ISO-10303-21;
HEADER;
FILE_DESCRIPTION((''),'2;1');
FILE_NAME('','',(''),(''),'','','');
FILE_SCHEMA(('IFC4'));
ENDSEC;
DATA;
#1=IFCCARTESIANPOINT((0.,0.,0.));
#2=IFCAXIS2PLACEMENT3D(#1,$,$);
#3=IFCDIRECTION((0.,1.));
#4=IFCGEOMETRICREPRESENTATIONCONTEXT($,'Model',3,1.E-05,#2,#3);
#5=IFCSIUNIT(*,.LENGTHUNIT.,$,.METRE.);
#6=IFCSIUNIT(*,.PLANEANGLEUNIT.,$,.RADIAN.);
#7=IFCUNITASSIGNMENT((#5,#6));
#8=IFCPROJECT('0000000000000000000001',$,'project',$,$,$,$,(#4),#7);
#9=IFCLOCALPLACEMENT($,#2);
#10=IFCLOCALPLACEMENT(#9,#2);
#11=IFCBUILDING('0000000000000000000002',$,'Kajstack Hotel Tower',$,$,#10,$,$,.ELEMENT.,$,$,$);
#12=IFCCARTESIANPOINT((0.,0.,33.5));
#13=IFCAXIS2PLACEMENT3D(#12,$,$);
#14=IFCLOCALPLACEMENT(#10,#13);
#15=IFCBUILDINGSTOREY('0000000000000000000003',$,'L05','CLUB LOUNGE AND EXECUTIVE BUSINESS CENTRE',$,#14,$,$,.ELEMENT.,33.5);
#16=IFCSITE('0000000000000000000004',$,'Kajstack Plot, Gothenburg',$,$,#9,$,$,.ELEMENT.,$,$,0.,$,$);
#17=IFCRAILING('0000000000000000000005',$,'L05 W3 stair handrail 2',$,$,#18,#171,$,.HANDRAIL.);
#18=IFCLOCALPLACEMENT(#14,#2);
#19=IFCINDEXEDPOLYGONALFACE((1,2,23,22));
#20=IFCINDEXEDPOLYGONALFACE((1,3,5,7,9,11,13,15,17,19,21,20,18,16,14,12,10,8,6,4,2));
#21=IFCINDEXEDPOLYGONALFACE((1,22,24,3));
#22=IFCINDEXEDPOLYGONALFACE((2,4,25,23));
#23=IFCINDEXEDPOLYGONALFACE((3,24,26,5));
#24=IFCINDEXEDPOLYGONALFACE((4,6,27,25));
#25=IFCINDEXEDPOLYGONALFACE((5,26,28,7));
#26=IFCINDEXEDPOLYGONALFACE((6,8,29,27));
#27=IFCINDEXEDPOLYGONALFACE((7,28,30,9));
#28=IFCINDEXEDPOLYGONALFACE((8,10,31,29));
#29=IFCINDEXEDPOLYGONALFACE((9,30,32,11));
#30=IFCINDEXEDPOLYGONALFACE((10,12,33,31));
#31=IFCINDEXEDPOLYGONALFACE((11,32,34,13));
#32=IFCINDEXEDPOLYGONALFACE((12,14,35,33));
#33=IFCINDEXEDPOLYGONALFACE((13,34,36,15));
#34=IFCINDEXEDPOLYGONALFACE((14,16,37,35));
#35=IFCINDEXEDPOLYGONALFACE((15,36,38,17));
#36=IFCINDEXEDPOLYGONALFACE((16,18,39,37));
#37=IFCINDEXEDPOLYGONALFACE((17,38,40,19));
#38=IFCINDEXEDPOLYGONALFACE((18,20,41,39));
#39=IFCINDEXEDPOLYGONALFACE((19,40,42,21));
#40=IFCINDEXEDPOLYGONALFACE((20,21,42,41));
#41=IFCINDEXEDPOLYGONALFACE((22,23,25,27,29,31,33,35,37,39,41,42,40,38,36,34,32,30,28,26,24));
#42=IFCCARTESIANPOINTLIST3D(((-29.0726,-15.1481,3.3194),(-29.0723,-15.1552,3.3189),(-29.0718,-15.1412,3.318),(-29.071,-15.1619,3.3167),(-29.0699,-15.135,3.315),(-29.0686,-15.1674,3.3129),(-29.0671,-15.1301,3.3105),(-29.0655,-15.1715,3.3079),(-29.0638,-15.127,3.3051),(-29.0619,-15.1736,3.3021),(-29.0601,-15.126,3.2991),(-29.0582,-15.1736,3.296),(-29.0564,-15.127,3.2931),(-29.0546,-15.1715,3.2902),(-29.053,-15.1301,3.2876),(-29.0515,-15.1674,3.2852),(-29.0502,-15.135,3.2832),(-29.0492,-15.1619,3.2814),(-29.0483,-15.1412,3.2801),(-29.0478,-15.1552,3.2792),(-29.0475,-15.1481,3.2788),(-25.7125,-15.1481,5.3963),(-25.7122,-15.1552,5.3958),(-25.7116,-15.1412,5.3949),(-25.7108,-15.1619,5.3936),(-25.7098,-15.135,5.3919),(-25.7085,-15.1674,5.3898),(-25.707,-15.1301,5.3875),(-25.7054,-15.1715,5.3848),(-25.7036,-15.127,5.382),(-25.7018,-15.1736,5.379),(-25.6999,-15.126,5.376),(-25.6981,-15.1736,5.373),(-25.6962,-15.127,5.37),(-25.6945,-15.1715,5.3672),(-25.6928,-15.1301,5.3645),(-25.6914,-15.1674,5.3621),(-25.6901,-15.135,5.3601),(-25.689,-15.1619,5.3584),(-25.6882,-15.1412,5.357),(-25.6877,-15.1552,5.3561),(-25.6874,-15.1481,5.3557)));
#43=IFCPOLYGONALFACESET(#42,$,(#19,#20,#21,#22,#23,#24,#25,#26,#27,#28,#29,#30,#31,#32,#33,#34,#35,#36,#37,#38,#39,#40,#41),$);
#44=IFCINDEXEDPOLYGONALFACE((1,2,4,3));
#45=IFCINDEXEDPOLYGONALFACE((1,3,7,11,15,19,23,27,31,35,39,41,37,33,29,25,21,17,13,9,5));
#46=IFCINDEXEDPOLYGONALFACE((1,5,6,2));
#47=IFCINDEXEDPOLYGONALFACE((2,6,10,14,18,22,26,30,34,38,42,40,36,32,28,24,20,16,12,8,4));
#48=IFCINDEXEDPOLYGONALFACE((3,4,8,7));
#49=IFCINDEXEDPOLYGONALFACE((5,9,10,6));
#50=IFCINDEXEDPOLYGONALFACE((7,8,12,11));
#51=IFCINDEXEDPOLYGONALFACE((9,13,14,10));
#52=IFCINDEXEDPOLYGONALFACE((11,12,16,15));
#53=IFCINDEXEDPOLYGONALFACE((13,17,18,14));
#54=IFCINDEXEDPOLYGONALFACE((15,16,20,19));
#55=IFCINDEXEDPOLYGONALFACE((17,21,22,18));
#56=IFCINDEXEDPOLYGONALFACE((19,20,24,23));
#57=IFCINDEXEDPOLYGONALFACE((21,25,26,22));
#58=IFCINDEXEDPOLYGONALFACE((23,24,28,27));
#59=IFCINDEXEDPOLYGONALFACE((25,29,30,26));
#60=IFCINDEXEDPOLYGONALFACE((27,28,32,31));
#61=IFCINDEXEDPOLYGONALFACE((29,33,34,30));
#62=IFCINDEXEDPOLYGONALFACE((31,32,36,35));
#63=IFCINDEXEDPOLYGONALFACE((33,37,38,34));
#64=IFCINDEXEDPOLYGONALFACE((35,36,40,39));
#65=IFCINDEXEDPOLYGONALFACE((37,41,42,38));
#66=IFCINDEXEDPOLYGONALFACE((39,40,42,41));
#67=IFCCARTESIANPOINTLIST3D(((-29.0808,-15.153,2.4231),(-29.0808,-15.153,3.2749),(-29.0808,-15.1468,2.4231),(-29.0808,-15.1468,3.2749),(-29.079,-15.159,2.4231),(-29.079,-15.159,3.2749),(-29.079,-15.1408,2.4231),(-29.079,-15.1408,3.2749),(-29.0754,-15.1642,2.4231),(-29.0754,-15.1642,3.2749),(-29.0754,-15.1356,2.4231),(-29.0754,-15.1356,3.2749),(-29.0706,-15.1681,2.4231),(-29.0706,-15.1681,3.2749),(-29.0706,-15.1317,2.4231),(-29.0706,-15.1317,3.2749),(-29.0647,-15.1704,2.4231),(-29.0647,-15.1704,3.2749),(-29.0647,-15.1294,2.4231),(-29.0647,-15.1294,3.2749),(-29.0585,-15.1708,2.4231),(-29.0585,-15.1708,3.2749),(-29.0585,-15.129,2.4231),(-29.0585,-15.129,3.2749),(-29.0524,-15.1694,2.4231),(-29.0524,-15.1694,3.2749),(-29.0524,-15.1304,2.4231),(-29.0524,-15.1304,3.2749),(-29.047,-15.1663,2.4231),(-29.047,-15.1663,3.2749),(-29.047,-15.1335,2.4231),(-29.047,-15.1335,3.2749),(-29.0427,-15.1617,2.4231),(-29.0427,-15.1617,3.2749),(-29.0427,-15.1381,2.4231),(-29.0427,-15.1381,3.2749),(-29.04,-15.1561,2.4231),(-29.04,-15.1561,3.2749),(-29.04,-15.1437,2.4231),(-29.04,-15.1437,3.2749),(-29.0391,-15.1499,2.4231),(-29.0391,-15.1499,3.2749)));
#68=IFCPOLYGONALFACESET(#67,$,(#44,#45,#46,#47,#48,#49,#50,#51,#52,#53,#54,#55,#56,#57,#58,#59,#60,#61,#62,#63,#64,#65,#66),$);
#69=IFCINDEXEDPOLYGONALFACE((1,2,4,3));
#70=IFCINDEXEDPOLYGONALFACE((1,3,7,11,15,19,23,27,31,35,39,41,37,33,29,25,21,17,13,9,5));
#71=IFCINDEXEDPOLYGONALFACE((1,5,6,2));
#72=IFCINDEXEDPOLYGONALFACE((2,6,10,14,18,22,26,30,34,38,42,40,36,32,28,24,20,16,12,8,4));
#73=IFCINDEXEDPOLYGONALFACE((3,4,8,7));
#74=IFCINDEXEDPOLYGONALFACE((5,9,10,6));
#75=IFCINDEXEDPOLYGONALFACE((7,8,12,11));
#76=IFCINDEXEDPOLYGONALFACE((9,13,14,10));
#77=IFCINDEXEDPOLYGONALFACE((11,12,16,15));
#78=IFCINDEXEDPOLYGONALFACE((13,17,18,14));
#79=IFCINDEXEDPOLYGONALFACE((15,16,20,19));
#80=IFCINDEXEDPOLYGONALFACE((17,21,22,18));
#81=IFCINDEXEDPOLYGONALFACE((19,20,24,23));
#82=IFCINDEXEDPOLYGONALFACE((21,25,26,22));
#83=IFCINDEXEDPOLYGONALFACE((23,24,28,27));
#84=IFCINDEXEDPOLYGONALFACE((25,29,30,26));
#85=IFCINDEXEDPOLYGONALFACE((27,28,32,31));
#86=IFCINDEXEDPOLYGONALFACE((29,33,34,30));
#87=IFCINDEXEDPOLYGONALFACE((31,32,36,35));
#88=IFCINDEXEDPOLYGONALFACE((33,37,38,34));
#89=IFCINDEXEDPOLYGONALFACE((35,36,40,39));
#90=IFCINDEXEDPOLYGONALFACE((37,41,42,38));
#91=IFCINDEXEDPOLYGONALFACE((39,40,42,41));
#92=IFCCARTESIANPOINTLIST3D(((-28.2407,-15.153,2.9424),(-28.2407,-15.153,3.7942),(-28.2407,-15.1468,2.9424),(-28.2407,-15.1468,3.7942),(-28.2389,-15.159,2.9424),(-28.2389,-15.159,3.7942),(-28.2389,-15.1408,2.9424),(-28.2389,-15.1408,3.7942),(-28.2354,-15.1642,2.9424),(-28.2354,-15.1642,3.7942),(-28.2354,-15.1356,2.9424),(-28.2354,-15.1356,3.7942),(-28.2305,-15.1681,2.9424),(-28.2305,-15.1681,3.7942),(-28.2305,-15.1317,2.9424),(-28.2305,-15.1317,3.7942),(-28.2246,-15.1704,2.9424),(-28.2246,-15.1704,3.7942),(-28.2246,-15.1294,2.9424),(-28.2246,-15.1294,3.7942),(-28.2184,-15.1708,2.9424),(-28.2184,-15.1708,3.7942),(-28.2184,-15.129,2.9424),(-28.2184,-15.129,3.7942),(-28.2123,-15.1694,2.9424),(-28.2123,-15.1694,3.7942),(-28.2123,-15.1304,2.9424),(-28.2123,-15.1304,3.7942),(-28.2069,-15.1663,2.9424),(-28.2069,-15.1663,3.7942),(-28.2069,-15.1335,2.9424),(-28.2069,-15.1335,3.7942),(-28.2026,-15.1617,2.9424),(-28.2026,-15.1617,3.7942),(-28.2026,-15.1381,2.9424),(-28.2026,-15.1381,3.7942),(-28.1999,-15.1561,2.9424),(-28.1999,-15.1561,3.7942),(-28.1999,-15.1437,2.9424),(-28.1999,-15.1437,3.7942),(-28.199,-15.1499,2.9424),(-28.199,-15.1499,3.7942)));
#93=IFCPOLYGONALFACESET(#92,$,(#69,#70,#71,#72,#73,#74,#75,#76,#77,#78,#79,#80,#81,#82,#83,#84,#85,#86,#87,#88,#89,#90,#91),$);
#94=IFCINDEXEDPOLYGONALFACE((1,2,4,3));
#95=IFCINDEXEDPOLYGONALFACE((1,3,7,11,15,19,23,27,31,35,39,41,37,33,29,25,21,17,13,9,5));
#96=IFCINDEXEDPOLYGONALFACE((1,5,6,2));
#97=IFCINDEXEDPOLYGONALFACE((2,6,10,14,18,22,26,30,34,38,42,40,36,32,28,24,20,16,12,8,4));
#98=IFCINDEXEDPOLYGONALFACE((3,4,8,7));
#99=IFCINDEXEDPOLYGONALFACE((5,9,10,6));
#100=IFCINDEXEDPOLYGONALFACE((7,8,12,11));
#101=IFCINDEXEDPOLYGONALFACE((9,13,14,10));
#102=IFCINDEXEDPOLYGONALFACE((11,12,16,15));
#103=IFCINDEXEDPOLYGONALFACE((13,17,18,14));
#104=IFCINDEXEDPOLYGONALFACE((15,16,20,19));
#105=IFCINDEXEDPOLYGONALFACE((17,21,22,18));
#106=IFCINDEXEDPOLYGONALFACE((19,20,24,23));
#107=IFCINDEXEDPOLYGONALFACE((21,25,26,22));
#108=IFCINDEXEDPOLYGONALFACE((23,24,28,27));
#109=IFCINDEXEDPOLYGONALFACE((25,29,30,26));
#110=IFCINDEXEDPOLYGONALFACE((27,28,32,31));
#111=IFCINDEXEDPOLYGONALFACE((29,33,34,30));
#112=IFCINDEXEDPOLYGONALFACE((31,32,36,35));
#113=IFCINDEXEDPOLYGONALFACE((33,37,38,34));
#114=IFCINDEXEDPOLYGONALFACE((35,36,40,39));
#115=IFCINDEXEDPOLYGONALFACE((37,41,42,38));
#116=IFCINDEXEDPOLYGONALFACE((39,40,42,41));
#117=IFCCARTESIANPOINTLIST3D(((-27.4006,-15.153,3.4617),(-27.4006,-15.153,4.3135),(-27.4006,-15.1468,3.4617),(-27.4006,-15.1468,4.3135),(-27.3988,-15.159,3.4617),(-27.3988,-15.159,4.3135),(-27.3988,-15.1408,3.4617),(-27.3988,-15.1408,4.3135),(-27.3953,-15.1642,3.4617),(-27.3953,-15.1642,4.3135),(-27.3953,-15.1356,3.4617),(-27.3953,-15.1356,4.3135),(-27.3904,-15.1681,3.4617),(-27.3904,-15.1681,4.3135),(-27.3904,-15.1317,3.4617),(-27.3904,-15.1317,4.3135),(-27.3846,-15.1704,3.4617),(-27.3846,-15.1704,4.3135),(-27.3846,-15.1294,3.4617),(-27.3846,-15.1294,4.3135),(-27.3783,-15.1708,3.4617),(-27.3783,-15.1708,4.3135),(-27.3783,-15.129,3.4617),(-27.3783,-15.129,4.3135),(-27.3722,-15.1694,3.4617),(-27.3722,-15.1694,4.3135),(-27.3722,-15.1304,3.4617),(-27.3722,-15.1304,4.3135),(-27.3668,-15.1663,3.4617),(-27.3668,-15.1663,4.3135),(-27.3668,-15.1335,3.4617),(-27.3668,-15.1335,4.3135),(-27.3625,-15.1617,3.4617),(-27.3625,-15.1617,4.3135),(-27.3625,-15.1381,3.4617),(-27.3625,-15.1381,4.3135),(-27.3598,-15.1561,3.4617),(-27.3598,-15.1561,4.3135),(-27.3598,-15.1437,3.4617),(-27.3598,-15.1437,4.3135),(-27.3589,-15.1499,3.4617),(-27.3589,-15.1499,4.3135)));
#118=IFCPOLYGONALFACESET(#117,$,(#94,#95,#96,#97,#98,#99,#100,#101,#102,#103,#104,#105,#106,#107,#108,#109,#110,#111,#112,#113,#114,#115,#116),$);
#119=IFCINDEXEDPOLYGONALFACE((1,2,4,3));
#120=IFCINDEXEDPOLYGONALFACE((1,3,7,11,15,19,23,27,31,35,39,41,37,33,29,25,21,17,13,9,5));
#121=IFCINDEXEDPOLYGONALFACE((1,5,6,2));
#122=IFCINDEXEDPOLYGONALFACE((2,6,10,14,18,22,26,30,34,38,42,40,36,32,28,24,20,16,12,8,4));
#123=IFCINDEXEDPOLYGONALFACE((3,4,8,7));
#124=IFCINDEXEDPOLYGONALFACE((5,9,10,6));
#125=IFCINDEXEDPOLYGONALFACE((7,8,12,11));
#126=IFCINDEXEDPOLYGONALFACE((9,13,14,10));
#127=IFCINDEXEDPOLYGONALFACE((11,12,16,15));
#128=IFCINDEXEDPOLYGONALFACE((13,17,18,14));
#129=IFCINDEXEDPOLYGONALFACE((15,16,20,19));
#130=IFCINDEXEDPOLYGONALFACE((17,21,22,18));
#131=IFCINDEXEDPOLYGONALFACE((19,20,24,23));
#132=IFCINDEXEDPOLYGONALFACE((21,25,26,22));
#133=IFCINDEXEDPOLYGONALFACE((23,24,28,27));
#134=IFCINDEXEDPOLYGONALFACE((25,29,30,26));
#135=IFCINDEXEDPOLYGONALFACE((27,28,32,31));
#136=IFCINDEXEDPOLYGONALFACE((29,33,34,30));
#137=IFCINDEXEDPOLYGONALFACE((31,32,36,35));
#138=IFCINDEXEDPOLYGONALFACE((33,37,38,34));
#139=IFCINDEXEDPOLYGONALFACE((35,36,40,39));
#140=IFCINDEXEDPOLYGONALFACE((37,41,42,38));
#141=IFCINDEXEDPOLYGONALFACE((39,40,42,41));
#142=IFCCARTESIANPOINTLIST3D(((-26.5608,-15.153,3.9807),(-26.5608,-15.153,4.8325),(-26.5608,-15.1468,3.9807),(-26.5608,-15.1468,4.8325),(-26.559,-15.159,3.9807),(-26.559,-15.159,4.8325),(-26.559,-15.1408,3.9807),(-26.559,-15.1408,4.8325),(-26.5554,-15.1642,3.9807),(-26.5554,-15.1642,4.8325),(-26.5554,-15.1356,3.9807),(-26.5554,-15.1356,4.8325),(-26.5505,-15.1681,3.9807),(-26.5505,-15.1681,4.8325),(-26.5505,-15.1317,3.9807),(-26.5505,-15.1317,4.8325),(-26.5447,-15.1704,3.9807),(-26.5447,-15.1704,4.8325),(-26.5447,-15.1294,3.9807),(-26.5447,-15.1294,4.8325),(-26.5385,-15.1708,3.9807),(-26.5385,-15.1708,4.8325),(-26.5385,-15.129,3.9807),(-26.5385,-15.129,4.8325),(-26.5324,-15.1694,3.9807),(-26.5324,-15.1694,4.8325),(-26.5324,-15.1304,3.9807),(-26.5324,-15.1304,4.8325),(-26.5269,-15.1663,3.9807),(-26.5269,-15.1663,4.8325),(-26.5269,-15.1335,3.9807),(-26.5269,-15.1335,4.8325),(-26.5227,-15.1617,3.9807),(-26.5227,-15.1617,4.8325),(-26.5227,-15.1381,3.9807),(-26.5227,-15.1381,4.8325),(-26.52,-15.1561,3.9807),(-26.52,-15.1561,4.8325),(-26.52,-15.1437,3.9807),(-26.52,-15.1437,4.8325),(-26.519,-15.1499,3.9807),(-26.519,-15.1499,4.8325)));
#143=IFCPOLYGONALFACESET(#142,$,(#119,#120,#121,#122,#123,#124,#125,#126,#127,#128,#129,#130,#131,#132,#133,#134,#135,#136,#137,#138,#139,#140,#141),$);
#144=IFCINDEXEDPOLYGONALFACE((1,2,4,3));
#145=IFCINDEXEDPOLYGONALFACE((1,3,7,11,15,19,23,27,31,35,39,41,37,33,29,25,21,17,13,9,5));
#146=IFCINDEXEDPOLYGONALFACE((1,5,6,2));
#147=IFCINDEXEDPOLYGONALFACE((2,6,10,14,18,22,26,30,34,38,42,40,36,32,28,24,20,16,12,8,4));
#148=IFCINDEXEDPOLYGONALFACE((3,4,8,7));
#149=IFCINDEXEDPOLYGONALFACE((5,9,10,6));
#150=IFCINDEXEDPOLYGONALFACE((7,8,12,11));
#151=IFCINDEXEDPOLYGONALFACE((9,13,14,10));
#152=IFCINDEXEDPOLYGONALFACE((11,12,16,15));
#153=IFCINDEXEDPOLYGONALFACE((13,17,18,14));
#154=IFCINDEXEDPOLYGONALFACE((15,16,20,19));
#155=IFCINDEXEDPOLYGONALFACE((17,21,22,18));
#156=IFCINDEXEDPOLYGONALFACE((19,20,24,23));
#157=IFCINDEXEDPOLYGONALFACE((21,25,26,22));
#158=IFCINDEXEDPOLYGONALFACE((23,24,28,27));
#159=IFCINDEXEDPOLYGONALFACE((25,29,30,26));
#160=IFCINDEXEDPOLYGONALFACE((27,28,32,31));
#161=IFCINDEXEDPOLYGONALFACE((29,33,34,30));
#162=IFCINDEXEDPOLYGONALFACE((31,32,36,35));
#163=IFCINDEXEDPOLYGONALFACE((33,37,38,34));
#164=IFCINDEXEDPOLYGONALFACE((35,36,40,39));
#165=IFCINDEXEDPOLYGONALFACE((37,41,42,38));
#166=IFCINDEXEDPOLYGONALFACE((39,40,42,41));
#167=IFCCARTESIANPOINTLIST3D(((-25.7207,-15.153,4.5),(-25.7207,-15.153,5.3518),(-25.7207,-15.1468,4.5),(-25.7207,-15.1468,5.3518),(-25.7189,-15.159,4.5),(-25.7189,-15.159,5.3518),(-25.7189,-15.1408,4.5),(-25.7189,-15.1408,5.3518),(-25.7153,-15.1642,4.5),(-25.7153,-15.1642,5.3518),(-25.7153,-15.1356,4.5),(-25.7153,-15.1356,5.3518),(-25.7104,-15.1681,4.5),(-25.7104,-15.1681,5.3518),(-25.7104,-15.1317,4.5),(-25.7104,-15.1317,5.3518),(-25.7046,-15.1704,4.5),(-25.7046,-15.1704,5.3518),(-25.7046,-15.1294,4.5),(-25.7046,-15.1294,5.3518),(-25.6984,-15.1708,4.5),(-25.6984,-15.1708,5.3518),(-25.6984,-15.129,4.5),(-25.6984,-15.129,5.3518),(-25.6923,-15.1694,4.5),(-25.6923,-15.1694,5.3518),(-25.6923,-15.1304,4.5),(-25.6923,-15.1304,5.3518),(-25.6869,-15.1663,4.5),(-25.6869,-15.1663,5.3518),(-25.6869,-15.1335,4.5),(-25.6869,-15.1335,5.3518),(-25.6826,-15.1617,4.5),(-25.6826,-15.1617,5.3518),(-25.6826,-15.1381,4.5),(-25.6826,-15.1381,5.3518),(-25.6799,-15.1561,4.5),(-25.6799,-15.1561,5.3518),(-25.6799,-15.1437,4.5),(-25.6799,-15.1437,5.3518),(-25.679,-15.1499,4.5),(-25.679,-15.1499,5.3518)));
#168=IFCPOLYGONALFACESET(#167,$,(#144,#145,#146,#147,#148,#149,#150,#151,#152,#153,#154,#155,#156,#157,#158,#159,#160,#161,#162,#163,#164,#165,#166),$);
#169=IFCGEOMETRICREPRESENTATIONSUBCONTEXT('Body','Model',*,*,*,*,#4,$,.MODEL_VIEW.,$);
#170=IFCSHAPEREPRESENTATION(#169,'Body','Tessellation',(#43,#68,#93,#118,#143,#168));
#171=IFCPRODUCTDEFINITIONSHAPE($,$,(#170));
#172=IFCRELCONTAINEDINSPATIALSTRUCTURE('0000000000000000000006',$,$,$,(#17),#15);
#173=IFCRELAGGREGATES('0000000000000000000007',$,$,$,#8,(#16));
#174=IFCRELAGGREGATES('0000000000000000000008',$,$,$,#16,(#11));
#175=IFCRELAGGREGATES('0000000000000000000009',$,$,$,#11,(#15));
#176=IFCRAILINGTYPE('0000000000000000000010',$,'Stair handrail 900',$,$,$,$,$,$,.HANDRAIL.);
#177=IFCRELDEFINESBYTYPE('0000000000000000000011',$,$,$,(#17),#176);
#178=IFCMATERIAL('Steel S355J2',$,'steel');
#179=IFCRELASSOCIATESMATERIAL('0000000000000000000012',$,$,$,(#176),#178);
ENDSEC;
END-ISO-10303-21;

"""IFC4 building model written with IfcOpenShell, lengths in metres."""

from ifc_helpers import new_model, si_unit, direction, frame, origin, origin_2d, place, context, subcontext, project, spatial, circle, extrude, material, type_object, element, save


model = new_model("IFC4")

# Units and contexts
model_context = context("Model", 3, precision=1e-05, world=origin(), true_north=direction((0.0, 1.0)))
body_context = subcontext(model_context, "Body", "Model", "MODEL_VIEW")
ifc_project = project(units=[si_unit("LENGTHUNIT", "METRE"), si_unit("PLANEANGLEUNIT", "RADIAN")], contexts=[model_context])

# Site, building, storey
site_placement = place(None, origin())
site = spatial("IfcSite", under=ifc_project, at=site_placement, Name="Kajstack Plot, Gothenburg", CompositionType="ELEMENT", RefElevation=0.0)
building_placement = place(site_placement, origin())
building = spatial("IfcBuilding", under=site, at=building_placement, Name="Kajstack Hotel Tower", CompositionType="ELEMENT")
storey_placement = place(building_placement, frame((0.0, 0.0, 33.5)))
storey = spatial("IfcBuildingStorey", under=building, at=storey_placement, Name="L05", Description="CLUB LOUNGE AND EXECUTIVE BUSINESS CENTRE", CompositionType="ELEMENT", Elevation=33.5)

# Railing
ifc_material_1 = material(Name="Steel S355J2", Category="steel")
railing_type_1 = type_object("IfcRailingType", Name="Stair handrail 900", PredefinedType="HANDRAIL", material=ifc_material_1)
railing_1_placement = place(storey_placement, frame((-29.0601, -15.1499, 2.4231)))
element("IfcRailing", 1, at=railing_1_placement, inside=storey, type_object=railing_type_1, Name="L05 W3 stair handrail 2", PredefinedType="HANDRAIL", context=body_context, shape_type="SweptSolid", body=[
    extrude(circle(Radius=0.0239, at=origin_2d()), frame((0.0, 0.0, 0.876), z_axis=(0.850623, 0.0, 0.525776), x_axis=(0.0, 1.0, 0.0)), (0.0, 0.0, 1.0), 3.9502),
    extrude(circle(Radius=0.021, at=origin_2d()), origin(), (0.0, 0.0, 1.0), 0.8518),
    extrude(circle(Radius=0.021, at=origin_2d()), frame((0.8401, 0.0, 0.5193)), (0.0, 0.0, 1.0), 0.8518),
    extrude(circle(Radius=0.021, at=origin_2d()), frame((1.6802, 0.0, 1.0386)), (0.0, 0.0, 1.0), 0.8518),
    extrude(circle(Radius=0.021, at=origin_2d()), frame((2.52, 0.0, 1.5576)), (0.0, 0.0, 1.0), 0.8518),
    extrude(circle(Radius=0.021, at=origin_2d()), frame((3.3601, 0.0, 2.0769)), (0.0, 0.0, 1.0), 0.8518),
])

save(model, "model.ifc")
